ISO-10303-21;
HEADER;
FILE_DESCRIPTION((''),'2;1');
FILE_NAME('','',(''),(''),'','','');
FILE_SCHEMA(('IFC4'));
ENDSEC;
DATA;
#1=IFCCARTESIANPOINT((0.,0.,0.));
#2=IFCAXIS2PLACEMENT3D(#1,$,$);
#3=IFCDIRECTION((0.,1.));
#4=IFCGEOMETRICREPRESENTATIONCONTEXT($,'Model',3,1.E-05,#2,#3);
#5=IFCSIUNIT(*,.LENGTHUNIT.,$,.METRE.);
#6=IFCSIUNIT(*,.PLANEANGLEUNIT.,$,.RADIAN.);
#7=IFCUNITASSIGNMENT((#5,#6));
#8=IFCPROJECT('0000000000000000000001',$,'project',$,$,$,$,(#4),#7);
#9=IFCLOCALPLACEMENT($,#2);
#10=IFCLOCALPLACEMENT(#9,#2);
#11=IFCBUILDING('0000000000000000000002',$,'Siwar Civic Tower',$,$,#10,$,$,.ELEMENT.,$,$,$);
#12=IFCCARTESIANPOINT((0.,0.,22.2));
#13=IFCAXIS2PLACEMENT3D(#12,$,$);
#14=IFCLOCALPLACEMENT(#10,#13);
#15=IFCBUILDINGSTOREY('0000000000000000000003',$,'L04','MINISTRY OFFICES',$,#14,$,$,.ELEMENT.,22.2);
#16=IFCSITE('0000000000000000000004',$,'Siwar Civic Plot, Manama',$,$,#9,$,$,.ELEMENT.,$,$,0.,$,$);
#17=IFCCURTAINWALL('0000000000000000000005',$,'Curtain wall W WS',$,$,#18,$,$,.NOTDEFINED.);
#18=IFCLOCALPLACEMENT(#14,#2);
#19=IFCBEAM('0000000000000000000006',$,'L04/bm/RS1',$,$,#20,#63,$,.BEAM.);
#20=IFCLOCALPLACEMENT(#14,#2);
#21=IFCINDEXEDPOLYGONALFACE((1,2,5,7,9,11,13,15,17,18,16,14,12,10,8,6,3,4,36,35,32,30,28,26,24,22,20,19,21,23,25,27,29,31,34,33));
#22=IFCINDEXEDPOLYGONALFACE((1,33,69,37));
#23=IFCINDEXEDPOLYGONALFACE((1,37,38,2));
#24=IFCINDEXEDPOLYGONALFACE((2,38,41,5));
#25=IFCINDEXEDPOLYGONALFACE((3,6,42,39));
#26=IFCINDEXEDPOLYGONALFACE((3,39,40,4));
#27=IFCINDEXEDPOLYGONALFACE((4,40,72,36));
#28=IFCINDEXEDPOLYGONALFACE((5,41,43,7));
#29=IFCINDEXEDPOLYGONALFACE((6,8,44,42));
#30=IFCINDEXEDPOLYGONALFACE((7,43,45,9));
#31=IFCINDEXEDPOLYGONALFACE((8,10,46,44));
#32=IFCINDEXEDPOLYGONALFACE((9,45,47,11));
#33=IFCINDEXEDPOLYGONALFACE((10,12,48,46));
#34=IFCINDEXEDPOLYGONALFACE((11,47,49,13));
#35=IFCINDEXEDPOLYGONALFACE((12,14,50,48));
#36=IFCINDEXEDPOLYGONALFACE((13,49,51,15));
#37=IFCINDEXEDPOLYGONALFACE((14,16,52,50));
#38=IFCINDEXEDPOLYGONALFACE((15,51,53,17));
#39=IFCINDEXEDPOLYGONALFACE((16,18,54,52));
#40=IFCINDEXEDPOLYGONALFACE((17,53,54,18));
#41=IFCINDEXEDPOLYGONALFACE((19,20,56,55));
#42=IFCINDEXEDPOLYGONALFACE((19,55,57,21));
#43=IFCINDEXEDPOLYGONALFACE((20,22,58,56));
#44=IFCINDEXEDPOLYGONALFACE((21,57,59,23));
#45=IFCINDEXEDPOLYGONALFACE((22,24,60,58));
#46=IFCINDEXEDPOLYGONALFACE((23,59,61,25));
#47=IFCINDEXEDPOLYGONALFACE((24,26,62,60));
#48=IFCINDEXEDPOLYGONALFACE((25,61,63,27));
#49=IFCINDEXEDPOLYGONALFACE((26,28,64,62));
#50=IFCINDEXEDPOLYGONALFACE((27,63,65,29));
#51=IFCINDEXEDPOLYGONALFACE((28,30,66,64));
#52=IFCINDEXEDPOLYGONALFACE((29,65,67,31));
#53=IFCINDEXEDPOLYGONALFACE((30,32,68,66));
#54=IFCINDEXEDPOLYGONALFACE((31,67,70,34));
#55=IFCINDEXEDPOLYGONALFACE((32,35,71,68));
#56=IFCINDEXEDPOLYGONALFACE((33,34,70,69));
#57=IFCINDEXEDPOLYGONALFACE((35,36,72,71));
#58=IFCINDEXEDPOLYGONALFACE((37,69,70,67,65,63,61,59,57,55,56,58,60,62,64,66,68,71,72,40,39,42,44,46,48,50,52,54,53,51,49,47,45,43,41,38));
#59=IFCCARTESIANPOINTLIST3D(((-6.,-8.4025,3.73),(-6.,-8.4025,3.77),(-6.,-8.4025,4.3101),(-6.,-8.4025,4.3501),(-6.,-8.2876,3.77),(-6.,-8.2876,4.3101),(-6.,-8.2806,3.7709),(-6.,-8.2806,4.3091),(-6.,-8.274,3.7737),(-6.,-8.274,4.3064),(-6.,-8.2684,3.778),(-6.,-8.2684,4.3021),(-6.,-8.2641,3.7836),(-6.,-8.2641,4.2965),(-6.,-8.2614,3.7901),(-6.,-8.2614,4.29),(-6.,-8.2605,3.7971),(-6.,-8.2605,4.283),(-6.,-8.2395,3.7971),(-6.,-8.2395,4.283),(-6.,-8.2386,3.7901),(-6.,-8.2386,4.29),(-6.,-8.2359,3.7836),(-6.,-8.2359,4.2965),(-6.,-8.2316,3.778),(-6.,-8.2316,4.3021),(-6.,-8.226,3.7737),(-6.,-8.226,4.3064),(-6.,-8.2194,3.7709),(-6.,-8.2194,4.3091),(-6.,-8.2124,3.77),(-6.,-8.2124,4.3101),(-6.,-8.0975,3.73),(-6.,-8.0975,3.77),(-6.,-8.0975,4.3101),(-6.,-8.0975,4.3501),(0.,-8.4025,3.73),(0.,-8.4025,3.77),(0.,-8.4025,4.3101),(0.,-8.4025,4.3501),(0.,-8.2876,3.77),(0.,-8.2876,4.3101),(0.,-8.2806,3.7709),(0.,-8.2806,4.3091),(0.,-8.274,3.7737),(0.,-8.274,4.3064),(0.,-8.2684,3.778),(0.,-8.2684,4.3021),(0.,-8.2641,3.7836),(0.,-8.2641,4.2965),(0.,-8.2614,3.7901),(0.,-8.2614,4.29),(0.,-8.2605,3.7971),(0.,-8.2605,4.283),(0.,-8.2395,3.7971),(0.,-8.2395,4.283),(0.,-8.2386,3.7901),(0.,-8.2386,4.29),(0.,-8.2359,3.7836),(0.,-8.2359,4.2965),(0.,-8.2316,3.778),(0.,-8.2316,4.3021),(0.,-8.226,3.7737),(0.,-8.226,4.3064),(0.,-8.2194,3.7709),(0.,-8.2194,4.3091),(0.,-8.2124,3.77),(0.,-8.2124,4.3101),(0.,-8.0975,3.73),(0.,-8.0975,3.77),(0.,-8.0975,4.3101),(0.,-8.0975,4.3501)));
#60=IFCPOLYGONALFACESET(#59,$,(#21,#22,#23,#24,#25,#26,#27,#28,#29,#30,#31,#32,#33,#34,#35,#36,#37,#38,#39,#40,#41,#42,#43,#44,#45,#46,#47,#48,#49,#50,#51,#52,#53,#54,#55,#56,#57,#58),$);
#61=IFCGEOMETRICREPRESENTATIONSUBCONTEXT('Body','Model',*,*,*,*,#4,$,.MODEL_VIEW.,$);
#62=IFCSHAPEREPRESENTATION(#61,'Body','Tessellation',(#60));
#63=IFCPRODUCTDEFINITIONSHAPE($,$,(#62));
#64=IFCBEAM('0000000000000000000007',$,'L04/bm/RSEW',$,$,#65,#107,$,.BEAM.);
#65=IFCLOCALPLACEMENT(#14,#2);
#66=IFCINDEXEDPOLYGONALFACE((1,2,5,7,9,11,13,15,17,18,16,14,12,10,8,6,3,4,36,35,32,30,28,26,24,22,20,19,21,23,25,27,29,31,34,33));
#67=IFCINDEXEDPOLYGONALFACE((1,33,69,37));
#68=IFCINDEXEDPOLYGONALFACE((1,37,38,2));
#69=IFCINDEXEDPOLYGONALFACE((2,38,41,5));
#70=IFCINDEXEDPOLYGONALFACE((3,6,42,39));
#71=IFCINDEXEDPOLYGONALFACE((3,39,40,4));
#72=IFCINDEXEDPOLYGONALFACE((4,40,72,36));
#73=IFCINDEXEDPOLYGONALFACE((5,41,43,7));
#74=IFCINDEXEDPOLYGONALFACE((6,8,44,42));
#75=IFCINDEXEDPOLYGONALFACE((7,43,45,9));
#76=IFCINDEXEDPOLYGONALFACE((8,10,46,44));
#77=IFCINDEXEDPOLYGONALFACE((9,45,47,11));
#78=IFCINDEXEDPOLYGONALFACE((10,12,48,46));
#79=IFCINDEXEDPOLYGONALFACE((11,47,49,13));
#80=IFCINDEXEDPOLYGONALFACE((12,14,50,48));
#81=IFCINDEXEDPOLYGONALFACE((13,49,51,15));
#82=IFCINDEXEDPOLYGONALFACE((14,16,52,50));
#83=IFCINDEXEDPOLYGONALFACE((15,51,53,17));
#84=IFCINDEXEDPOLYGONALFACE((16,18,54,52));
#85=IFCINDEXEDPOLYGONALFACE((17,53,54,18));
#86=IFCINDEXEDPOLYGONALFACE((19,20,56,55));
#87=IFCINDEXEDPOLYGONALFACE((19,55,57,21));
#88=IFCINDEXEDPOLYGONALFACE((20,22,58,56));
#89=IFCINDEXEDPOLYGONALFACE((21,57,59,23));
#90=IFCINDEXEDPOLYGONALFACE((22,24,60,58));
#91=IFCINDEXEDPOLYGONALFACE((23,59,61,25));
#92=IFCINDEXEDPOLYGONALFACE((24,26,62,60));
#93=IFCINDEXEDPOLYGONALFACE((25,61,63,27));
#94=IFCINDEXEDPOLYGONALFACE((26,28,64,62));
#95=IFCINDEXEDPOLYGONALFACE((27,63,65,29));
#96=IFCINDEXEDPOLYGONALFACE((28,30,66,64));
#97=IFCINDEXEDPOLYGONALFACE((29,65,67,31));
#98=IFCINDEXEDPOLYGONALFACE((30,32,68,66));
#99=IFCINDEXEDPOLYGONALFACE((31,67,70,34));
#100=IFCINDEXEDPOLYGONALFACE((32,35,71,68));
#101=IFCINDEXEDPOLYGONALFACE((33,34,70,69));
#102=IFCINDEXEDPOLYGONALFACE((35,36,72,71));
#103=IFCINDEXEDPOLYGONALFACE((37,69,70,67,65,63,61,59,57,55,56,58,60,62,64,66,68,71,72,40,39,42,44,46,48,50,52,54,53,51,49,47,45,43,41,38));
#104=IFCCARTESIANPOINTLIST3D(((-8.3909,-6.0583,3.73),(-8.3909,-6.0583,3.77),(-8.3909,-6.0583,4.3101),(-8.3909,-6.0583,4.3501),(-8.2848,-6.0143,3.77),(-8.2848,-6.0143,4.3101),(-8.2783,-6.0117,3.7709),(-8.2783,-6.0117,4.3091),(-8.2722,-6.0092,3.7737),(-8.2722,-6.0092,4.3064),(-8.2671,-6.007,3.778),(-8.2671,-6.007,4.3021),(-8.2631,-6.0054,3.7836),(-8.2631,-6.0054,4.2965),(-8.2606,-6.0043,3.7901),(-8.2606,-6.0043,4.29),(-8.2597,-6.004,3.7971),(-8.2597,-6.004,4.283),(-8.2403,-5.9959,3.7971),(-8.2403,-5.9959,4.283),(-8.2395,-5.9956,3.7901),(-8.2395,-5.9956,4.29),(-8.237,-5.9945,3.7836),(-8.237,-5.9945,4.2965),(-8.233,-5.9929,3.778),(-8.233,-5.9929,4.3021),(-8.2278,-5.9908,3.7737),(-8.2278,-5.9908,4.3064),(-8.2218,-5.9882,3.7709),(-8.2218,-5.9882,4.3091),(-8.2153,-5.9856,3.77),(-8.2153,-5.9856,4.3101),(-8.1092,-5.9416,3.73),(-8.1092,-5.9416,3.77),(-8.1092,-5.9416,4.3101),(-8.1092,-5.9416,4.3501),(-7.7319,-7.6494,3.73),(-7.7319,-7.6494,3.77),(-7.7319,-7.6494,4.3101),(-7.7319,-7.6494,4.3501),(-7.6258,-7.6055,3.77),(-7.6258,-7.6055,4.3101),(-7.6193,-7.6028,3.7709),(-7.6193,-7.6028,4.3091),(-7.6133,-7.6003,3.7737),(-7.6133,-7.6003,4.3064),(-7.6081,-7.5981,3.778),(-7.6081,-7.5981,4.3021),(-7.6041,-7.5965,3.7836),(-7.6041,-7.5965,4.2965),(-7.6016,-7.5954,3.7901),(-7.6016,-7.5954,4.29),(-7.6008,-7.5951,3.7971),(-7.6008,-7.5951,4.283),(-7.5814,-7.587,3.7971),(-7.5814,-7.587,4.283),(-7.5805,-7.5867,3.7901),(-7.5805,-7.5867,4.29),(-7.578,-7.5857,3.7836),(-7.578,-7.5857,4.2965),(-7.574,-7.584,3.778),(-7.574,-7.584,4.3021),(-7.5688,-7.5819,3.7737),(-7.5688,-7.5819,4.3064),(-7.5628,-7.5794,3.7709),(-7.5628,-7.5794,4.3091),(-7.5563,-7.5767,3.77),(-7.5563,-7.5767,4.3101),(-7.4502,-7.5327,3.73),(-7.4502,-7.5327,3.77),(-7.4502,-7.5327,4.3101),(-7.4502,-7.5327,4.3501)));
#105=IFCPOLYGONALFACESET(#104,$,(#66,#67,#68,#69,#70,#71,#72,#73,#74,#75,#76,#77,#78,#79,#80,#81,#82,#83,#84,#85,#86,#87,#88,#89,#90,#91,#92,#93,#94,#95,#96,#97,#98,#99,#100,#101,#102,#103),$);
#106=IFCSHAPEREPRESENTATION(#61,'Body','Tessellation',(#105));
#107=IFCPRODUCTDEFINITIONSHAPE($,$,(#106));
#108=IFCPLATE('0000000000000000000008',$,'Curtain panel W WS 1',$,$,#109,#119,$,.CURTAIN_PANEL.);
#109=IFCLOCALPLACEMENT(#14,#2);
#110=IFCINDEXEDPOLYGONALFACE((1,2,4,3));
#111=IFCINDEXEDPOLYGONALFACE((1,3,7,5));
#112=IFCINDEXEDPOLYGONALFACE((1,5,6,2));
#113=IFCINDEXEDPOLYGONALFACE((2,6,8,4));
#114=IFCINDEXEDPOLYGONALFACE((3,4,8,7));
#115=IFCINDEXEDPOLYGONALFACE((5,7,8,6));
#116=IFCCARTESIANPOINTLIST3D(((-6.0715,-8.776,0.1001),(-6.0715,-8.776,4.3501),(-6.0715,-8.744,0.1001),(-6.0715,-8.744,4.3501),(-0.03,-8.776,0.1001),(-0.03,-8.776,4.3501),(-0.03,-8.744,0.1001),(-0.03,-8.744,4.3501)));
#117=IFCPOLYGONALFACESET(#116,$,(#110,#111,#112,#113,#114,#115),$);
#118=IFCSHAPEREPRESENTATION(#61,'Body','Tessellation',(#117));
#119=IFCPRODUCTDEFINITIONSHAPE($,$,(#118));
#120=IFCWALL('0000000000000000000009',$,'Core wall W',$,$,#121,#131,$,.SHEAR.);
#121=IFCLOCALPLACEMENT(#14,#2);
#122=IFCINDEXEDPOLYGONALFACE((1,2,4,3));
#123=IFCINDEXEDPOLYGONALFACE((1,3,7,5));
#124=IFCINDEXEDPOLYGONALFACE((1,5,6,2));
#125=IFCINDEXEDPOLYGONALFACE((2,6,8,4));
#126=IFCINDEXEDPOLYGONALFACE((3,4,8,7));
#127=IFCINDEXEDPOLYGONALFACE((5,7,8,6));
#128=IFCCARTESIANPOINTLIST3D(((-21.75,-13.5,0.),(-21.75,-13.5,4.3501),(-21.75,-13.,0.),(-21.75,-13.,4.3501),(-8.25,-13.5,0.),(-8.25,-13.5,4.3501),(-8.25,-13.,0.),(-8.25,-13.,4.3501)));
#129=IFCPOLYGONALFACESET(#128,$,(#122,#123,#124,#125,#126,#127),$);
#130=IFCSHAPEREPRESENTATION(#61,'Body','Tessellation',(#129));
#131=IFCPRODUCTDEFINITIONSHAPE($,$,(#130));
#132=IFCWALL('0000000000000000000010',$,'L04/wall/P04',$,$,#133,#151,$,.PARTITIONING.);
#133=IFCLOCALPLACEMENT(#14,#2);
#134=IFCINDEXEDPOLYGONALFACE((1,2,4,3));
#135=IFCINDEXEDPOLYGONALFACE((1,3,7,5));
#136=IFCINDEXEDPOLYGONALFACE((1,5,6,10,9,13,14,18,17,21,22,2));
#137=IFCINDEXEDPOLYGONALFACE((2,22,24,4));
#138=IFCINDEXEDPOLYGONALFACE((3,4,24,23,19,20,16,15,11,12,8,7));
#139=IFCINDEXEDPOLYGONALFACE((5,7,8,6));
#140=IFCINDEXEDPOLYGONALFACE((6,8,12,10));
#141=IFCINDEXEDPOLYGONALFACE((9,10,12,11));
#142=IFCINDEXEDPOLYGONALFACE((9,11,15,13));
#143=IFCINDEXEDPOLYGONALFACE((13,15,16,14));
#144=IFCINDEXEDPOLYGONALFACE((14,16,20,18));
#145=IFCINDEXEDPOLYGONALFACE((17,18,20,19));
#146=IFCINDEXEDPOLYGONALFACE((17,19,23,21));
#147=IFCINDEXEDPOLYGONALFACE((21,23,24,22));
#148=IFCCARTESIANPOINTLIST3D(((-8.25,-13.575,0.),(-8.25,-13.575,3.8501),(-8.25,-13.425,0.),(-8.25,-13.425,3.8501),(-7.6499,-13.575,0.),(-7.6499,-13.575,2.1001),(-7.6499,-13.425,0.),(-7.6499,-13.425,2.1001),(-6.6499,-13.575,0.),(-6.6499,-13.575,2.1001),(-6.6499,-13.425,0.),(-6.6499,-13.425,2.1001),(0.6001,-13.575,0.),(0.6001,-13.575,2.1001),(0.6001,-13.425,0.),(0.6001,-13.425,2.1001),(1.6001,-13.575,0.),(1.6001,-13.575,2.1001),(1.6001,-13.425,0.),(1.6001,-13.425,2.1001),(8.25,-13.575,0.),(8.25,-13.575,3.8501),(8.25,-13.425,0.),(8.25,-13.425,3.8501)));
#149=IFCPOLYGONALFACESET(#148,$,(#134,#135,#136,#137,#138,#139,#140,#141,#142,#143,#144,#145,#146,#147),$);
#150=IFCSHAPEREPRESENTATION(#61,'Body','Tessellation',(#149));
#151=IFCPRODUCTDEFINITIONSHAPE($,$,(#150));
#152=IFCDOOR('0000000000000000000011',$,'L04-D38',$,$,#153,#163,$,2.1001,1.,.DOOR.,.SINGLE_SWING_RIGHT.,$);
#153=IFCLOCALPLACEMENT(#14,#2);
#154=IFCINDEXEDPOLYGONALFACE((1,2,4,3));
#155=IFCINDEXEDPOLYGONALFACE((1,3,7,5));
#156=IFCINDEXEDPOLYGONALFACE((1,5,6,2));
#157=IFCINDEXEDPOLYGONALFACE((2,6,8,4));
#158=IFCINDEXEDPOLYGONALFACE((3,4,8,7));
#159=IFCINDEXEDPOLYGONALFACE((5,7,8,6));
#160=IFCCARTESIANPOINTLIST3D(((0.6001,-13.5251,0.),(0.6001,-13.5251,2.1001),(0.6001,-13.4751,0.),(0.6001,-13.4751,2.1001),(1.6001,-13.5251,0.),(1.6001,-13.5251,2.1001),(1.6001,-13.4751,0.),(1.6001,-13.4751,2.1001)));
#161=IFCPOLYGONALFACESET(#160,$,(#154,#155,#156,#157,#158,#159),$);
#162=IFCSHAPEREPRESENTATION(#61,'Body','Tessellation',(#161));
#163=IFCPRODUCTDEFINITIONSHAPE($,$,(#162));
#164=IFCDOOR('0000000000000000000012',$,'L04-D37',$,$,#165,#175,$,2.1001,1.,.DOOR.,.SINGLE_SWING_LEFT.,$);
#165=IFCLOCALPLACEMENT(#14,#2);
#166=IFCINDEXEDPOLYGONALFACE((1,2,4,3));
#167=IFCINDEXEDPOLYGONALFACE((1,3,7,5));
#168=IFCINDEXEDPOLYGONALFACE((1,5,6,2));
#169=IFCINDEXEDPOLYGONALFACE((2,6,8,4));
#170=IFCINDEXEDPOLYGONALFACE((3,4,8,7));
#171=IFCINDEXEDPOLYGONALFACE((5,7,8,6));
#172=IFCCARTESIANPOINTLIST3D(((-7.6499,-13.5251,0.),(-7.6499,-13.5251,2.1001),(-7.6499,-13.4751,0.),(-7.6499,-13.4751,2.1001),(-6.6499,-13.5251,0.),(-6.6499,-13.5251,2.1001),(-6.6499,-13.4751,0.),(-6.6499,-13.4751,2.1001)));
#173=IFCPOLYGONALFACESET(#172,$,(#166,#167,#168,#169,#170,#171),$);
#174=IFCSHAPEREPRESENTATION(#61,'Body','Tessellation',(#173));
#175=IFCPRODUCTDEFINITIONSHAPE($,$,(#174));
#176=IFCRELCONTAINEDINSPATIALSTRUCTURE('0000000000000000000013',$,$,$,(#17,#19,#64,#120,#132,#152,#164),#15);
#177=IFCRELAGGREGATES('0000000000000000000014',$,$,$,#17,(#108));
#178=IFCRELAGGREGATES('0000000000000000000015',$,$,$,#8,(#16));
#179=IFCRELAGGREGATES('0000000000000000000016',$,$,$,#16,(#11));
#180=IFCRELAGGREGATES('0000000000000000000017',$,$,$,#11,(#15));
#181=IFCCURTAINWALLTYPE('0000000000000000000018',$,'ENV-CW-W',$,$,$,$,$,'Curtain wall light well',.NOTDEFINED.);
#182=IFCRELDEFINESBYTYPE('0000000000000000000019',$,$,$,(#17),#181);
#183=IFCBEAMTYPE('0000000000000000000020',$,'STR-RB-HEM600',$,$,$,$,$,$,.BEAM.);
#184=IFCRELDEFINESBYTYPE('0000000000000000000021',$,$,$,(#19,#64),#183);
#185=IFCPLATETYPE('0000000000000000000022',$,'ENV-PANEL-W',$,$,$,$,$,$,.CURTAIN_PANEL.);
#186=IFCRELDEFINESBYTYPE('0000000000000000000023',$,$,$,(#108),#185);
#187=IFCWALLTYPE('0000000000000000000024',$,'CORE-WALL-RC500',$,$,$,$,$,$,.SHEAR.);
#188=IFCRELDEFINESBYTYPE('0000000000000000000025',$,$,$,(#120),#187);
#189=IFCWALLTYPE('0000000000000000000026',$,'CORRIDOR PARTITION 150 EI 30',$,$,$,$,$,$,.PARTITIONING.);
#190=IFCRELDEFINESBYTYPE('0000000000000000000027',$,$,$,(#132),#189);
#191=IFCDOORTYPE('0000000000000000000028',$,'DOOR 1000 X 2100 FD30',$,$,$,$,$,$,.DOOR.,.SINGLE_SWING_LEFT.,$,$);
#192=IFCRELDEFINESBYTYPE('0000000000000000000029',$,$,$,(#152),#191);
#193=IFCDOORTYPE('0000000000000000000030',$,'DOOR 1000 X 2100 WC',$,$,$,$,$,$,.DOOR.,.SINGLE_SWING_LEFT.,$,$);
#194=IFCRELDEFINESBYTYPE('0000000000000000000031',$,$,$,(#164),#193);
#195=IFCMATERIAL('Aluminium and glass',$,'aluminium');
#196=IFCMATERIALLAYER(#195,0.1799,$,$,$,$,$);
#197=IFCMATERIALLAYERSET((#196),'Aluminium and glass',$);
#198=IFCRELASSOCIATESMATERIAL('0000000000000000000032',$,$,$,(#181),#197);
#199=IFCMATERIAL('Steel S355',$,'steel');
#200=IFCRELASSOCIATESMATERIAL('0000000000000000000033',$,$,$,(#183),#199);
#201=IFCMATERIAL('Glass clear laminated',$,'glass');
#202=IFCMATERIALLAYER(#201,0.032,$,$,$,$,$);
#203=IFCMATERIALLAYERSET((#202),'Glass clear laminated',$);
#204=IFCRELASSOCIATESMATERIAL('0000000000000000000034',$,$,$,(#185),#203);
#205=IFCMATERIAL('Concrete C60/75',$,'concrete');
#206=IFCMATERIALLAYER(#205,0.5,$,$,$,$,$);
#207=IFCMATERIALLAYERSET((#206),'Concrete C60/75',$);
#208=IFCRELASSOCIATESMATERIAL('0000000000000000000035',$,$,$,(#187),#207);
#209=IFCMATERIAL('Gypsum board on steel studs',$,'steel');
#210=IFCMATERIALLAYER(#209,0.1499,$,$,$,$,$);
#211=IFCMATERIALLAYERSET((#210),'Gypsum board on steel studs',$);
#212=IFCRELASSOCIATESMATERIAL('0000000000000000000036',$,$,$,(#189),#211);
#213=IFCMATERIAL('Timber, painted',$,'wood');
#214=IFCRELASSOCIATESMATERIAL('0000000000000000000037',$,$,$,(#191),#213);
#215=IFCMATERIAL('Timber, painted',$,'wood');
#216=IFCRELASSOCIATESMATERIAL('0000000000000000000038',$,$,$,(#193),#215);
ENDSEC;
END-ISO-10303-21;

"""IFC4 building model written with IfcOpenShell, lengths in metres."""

from ifc_helpers import new_model, si_unit, direction, frame, frame_2d, origin, origin_2d, place, context, subcontext, project, spatial, rectangle, i_section, extrude, material, layer, layer_set, material_profile, profile_set, type_object, element, fill, aggregate, save


model = new_model("IFC4")

# Units and contexts
model_context = context("Model", 3, precision=1e-05, world=origin(), true_north=direction((0.0, 1.0)))
body_context = subcontext(model_context, "Body", "Model", "MODEL_VIEW")
ifc_project = project(units=[si_unit("LENGTHUNIT", "METRE"), si_unit("PLANEANGLEUNIT", "RADIAN")], contexts=[model_context])

# Site, building, storey
site_placement = place(None, origin())
site = spatial("IfcSite", under=ifc_project, at=site_placement, Name="Siwar Civic Plot, Manama", CompositionType="ELEMENT", RefElevation=0.0)
building_placement = place(site_placement, origin())
building = spatial("IfcBuilding", under=site, at=building_placement, Name="Siwar Civic Tower", CompositionType="ELEMENT")
storey_placement = place(building_placement, frame((0.0, 0.0, 22.2)))
storey = spatial("IfcBuildingStorey", under=building, at=storey_placement, Name="L04", Description="MINISTRY OFFICES", CompositionType="ELEMENT", Elevation=22.2)

# Curtain wall
ifc_material_1 = material(Name="Aluminium and glass", Category="aluminium")
ifc_layer_1 = layer(ifc_material_1, 0.1799)
ifc_layer_set_1 = layer_set([ifc_layer_1], Name="Aluminium and glass")
curtain_wall_type = type_object("IfcCurtainWallType", Name="ENV-CW-W", ElementType="Curtain wall light well", PredefinedType="NOTDEFINED", material=ifc_layer_set_1)
curtain_wall_placement = place(storey_placement, origin())
curtain_wall = element("IfcCurtainWall", 1, at=curtain_wall_placement, inside=storey, type_object=curtain_wall_type, Name="Curtain wall W WS", PredefinedType="NOTDEFINED")

# Beams
ifc_material_2 = material(Name="Steel S355", Category="steel")
ifc_material_profile_1 = material_profile(ifc_material_2, i_section(OverallWidth=0.3049, OverallDepth=0.6201, WebThickness=0.021, FlangeThickness=0.04, FilletRadius=0.0271, at=origin_2d()), Name="HEM600")
ifc_profile_set_1 = profile_set([ifc_material_profile_1], Name="Steel S355")
beam_type_1 = type_object("IfcBeamType", Name="STR-RB-HEM600", PredefinedType="BEAM", material=ifc_profile_set_1)
beam_1_placement = place(storey_placement, frame((-6.0, -8.25, 4.04), z_axis=(1.0, 0.0, 0.0), x_axis=(0.0, 1.0, 0.0)))
element("IfcBeam", 2, at=beam_1_placement, inside=storey, type_object=beam_type_1, Name="L04/bm/RS1", PredefinedType="BEAM", context=body_context, shape_type="SweptSolid", body=[
    extrude(i_section(OverallWidth=0.3049, OverallDepth=0.6201, WebThickness=0.021, FlangeThickness=0.04, FilletRadius=0.0271, at=origin_2d()), origin(), (0.0, 0.0, 1.0), 6.0),
])
beam_2_placement = place(storey_placement, frame((-7.5911, -7.5911, 4.04), z_axis=(-0.382631, 0.923901, 0.0), x_axis=(-0.923901, -0.382631, 0.0)))
element("IfcBeam", 3, at=beam_2_placement, inside=storey, type_object=beam_type_1, Name="L04/bm/RSEW", PredefinedType="BEAM", context=body_context, shape_type="SweptSolid", body=[
    extrude(i_section(OverallWidth=0.3049, OverallDepth=0.6201, WebThickness=0.021, FlangeThickness=0.04, FilletRadius=0.0271, at=origin_2d()), origin(), (0.0, 0.0, 1.0), 1.7222),
])

# Plate
ifc_material_3 = material(Name="Glass clear laminated", Category="glass")
ifc_layer_2 = layer(ifc_material_3, 0.032)
ifc_layer_set_2 = layer_set([ifc_layer_2], Name="Glass clear laminated")
plate_type = type_object("IfcPlateType", Name="ENV-PANEL-W", PredefinedType="CURTAIN_PANEL", material=ifc_layer_set_2)
plate_placement = place(storey_placement, frame((-3.0508, -8.76, 0.1001), z_axis=(0.0, 0.0, 1.0), x_axis=(1.0, 0.0, 0.0)))
plate = element("IfcPlate", 4, at=plate_placement, type_object=plate_type, Name="Curtain panel W WS 1", PredefinedType="CURTAIN_PANEL", context=body_context, shape_type="SweptSolid", body=[
    extrude(rectangle(XDim=6.0415, YDim=0.032, at=origin_2d()), origin(), (0.0, 0.0, 1.0), 4.25),
])
aggregate(curtain_wall, [plate])

# Wall
ifc_material_4 = material(Name="Concrete C60/75", Category="concrete")
ifc_layer_3 = layer(ifc_material_4, 0.5)
ifc_layer_set_3 = layer_set([ifc_layer_3], Name="Concrete C60/75")
wall_type_1 = type_object("IfcWallType", Name="CORE-WALL-RC500", PredefinedType="SHEAR", material=ifc_layer_set_3)
wall_1_placement = place(storey_placement, frame((-8.25, -13.25, 0.0), z_axis=(0.0, 0.0, 1.0), x_axis=(-1.0, 0.0, 0.0)))
element("IfcWall", 5, at=wall_1_placement, inside=storey, type_object=wall_type_1, Name="Core wall W", PredefinedType="SHEAR", context=body_context, shape_type="SweptSolid", body=[
    extrude(rectangle(XDim=13.5, YDim=0.5, at=frame_2d((6.75, 0.0))), origin(), (0.0, 0.0, 1.0), 4.3501),
])

# Wall, openings, doors
ifc_material_5 = material(Name="Gypsum board on steel studs", Category="steel")
ifc_layer_4 = layer(ifc_material_5, 0.1499)
ifc_layer_set_4 = layer_set([ifc_layer_4], Name="Gypsum board on steel studs")
wall_type_2 = type_object("IfcWallType", Name="CORRIDOR PARTITION 150 EI 30", PredefinedType="PARTITIONING", material=ifc_layer_set_4)
wall_2_placement = place(storey_placement, frame((-8.25, -13.5, 0.0), z_axis=(0.0, 0.0, 1.0), x_axis=(1.0, 0.0, 0.0)))
wall_2 = element("IfcWall", 6, at=wall_2_placement, inside=storey, type_object=wall_type_2, Name="L04/wall/P04", PredefinedType="PARTITIONING", context=body_context, shape_type="SweptSolid", body=[
    extrude(rectangle(XDim=16.5, YDim=0.1499, at=frame_2d((8.25, 0.0))), origin(), (0.0, 0.0, 1.0), 3.8501),
])
opening_1_placement = place(wall_2_placement, frame((0.6001, 0.0, 0.0)))
opening_1 = element("IfcOpeningElement", 7, at=opening_1_placement, cuts=wall_2, PredefinedType="OPENING", context=body_context, shape_type="SweptSolid", body=[
    extrude(rectangle(XDim=1.0, YDim=2.1001, at=frame_2d((0.5, 1.05))), frame((0.0, 0.085, 0.0), z_axis=(0.0, -1.0, 0.0), x_axis=(1.0, 0.0, 0.0)), (0.0, 0.0, 1.0), 0.1699),
])
opening_2_placement = place(wall_2_placement, frame((8.8501, 0.0, 0.0)))
opening_2 = element("IfcOpeningElement", 8, at=opening_2_placement, cuts=wall_2, PredefinedType="OPENING", context=body_context, shape_type="SweptSolid", body=[
    extrude(rectangle(XDim=1.0, YDim=2.1001, at=frame_2d((0.5, 1.05))), frame((0.0, 0.085, 0.0), z_axis=(0.0, -1.0, 0.0), x_axis=(1.0, 0.0, 0.0)), (0.0, 0.0, 1.0), 0.1699),
])
ifc_material_6 = material(Name="Timber, painted", Category="wood")
door_type_1 = type_object("IfcDoorType", Name="DOOR 1000 X 2100 FD30", OperationType="SINGLE_SWING_LEFT", PredefinedType="DOOR", material=ifc_material_6)
door_1_placement = place(opening_2_placement, origin())
door_1 = element("IfcDoor", 9, at=door_1_placement, inside=storey, type_object=door_type_1, Name="L04-D38", OperationType="SINGLE_SWING_RIGHT", OverallHeight=2.1001, OverallWidth=1.0, PredefinedType="DOOR", context=body_context, shape_type="SweptSolid", body=[
    extrude(rectangle(XDim=1.0, YDim=2.1001, at=frame_2d((0.5, 1.05))), frame((0.0, 0.0249, 0.0), z_axis=(0.0, -1.0, 0.0), x_axis=(1.0, 0.0, 0.0)), (0.0, 0.0, 1.0), 0.05),
])
fill(opening_2, door_1)
ifc_material_7 = material(Name="Timber, painted", Category="wood")
door_type_2 = type_object("IfcDoorType", Name="DOOR 1000 X 2100 WC", OperationType="SINGLE_SWING_LEFT", PredefinedType="DOOR", material=ifc_material_7)
door_2_placement = place(opening_1_placement, origin())
door_2 = element("IfcDoor", 10, at=door_2_placement, inside=storey, type_object=door_type_2, Name="L04-D37", OperationType="SINGLE_SWING_LEFT", OverallHeight=2.1001, OverallWidth=1.0, PredefinedType="DOOR", context=body_context, shape_type="SweptSolid", body=[
    extrude(rectangle(XDim=1.0, YDim=2.1001, at=frame_2d((0.5, 1.05))), frame((0.0, 0.0249, 0.0), z_axis=(0.0, -1.0, 0.0), x_axis=(1.0, 0.0, 0.0)), (0.0, 0.0, 1.0), 0.05),
])
fill(opening_1, door_2)

save(model, "model.ifc")
